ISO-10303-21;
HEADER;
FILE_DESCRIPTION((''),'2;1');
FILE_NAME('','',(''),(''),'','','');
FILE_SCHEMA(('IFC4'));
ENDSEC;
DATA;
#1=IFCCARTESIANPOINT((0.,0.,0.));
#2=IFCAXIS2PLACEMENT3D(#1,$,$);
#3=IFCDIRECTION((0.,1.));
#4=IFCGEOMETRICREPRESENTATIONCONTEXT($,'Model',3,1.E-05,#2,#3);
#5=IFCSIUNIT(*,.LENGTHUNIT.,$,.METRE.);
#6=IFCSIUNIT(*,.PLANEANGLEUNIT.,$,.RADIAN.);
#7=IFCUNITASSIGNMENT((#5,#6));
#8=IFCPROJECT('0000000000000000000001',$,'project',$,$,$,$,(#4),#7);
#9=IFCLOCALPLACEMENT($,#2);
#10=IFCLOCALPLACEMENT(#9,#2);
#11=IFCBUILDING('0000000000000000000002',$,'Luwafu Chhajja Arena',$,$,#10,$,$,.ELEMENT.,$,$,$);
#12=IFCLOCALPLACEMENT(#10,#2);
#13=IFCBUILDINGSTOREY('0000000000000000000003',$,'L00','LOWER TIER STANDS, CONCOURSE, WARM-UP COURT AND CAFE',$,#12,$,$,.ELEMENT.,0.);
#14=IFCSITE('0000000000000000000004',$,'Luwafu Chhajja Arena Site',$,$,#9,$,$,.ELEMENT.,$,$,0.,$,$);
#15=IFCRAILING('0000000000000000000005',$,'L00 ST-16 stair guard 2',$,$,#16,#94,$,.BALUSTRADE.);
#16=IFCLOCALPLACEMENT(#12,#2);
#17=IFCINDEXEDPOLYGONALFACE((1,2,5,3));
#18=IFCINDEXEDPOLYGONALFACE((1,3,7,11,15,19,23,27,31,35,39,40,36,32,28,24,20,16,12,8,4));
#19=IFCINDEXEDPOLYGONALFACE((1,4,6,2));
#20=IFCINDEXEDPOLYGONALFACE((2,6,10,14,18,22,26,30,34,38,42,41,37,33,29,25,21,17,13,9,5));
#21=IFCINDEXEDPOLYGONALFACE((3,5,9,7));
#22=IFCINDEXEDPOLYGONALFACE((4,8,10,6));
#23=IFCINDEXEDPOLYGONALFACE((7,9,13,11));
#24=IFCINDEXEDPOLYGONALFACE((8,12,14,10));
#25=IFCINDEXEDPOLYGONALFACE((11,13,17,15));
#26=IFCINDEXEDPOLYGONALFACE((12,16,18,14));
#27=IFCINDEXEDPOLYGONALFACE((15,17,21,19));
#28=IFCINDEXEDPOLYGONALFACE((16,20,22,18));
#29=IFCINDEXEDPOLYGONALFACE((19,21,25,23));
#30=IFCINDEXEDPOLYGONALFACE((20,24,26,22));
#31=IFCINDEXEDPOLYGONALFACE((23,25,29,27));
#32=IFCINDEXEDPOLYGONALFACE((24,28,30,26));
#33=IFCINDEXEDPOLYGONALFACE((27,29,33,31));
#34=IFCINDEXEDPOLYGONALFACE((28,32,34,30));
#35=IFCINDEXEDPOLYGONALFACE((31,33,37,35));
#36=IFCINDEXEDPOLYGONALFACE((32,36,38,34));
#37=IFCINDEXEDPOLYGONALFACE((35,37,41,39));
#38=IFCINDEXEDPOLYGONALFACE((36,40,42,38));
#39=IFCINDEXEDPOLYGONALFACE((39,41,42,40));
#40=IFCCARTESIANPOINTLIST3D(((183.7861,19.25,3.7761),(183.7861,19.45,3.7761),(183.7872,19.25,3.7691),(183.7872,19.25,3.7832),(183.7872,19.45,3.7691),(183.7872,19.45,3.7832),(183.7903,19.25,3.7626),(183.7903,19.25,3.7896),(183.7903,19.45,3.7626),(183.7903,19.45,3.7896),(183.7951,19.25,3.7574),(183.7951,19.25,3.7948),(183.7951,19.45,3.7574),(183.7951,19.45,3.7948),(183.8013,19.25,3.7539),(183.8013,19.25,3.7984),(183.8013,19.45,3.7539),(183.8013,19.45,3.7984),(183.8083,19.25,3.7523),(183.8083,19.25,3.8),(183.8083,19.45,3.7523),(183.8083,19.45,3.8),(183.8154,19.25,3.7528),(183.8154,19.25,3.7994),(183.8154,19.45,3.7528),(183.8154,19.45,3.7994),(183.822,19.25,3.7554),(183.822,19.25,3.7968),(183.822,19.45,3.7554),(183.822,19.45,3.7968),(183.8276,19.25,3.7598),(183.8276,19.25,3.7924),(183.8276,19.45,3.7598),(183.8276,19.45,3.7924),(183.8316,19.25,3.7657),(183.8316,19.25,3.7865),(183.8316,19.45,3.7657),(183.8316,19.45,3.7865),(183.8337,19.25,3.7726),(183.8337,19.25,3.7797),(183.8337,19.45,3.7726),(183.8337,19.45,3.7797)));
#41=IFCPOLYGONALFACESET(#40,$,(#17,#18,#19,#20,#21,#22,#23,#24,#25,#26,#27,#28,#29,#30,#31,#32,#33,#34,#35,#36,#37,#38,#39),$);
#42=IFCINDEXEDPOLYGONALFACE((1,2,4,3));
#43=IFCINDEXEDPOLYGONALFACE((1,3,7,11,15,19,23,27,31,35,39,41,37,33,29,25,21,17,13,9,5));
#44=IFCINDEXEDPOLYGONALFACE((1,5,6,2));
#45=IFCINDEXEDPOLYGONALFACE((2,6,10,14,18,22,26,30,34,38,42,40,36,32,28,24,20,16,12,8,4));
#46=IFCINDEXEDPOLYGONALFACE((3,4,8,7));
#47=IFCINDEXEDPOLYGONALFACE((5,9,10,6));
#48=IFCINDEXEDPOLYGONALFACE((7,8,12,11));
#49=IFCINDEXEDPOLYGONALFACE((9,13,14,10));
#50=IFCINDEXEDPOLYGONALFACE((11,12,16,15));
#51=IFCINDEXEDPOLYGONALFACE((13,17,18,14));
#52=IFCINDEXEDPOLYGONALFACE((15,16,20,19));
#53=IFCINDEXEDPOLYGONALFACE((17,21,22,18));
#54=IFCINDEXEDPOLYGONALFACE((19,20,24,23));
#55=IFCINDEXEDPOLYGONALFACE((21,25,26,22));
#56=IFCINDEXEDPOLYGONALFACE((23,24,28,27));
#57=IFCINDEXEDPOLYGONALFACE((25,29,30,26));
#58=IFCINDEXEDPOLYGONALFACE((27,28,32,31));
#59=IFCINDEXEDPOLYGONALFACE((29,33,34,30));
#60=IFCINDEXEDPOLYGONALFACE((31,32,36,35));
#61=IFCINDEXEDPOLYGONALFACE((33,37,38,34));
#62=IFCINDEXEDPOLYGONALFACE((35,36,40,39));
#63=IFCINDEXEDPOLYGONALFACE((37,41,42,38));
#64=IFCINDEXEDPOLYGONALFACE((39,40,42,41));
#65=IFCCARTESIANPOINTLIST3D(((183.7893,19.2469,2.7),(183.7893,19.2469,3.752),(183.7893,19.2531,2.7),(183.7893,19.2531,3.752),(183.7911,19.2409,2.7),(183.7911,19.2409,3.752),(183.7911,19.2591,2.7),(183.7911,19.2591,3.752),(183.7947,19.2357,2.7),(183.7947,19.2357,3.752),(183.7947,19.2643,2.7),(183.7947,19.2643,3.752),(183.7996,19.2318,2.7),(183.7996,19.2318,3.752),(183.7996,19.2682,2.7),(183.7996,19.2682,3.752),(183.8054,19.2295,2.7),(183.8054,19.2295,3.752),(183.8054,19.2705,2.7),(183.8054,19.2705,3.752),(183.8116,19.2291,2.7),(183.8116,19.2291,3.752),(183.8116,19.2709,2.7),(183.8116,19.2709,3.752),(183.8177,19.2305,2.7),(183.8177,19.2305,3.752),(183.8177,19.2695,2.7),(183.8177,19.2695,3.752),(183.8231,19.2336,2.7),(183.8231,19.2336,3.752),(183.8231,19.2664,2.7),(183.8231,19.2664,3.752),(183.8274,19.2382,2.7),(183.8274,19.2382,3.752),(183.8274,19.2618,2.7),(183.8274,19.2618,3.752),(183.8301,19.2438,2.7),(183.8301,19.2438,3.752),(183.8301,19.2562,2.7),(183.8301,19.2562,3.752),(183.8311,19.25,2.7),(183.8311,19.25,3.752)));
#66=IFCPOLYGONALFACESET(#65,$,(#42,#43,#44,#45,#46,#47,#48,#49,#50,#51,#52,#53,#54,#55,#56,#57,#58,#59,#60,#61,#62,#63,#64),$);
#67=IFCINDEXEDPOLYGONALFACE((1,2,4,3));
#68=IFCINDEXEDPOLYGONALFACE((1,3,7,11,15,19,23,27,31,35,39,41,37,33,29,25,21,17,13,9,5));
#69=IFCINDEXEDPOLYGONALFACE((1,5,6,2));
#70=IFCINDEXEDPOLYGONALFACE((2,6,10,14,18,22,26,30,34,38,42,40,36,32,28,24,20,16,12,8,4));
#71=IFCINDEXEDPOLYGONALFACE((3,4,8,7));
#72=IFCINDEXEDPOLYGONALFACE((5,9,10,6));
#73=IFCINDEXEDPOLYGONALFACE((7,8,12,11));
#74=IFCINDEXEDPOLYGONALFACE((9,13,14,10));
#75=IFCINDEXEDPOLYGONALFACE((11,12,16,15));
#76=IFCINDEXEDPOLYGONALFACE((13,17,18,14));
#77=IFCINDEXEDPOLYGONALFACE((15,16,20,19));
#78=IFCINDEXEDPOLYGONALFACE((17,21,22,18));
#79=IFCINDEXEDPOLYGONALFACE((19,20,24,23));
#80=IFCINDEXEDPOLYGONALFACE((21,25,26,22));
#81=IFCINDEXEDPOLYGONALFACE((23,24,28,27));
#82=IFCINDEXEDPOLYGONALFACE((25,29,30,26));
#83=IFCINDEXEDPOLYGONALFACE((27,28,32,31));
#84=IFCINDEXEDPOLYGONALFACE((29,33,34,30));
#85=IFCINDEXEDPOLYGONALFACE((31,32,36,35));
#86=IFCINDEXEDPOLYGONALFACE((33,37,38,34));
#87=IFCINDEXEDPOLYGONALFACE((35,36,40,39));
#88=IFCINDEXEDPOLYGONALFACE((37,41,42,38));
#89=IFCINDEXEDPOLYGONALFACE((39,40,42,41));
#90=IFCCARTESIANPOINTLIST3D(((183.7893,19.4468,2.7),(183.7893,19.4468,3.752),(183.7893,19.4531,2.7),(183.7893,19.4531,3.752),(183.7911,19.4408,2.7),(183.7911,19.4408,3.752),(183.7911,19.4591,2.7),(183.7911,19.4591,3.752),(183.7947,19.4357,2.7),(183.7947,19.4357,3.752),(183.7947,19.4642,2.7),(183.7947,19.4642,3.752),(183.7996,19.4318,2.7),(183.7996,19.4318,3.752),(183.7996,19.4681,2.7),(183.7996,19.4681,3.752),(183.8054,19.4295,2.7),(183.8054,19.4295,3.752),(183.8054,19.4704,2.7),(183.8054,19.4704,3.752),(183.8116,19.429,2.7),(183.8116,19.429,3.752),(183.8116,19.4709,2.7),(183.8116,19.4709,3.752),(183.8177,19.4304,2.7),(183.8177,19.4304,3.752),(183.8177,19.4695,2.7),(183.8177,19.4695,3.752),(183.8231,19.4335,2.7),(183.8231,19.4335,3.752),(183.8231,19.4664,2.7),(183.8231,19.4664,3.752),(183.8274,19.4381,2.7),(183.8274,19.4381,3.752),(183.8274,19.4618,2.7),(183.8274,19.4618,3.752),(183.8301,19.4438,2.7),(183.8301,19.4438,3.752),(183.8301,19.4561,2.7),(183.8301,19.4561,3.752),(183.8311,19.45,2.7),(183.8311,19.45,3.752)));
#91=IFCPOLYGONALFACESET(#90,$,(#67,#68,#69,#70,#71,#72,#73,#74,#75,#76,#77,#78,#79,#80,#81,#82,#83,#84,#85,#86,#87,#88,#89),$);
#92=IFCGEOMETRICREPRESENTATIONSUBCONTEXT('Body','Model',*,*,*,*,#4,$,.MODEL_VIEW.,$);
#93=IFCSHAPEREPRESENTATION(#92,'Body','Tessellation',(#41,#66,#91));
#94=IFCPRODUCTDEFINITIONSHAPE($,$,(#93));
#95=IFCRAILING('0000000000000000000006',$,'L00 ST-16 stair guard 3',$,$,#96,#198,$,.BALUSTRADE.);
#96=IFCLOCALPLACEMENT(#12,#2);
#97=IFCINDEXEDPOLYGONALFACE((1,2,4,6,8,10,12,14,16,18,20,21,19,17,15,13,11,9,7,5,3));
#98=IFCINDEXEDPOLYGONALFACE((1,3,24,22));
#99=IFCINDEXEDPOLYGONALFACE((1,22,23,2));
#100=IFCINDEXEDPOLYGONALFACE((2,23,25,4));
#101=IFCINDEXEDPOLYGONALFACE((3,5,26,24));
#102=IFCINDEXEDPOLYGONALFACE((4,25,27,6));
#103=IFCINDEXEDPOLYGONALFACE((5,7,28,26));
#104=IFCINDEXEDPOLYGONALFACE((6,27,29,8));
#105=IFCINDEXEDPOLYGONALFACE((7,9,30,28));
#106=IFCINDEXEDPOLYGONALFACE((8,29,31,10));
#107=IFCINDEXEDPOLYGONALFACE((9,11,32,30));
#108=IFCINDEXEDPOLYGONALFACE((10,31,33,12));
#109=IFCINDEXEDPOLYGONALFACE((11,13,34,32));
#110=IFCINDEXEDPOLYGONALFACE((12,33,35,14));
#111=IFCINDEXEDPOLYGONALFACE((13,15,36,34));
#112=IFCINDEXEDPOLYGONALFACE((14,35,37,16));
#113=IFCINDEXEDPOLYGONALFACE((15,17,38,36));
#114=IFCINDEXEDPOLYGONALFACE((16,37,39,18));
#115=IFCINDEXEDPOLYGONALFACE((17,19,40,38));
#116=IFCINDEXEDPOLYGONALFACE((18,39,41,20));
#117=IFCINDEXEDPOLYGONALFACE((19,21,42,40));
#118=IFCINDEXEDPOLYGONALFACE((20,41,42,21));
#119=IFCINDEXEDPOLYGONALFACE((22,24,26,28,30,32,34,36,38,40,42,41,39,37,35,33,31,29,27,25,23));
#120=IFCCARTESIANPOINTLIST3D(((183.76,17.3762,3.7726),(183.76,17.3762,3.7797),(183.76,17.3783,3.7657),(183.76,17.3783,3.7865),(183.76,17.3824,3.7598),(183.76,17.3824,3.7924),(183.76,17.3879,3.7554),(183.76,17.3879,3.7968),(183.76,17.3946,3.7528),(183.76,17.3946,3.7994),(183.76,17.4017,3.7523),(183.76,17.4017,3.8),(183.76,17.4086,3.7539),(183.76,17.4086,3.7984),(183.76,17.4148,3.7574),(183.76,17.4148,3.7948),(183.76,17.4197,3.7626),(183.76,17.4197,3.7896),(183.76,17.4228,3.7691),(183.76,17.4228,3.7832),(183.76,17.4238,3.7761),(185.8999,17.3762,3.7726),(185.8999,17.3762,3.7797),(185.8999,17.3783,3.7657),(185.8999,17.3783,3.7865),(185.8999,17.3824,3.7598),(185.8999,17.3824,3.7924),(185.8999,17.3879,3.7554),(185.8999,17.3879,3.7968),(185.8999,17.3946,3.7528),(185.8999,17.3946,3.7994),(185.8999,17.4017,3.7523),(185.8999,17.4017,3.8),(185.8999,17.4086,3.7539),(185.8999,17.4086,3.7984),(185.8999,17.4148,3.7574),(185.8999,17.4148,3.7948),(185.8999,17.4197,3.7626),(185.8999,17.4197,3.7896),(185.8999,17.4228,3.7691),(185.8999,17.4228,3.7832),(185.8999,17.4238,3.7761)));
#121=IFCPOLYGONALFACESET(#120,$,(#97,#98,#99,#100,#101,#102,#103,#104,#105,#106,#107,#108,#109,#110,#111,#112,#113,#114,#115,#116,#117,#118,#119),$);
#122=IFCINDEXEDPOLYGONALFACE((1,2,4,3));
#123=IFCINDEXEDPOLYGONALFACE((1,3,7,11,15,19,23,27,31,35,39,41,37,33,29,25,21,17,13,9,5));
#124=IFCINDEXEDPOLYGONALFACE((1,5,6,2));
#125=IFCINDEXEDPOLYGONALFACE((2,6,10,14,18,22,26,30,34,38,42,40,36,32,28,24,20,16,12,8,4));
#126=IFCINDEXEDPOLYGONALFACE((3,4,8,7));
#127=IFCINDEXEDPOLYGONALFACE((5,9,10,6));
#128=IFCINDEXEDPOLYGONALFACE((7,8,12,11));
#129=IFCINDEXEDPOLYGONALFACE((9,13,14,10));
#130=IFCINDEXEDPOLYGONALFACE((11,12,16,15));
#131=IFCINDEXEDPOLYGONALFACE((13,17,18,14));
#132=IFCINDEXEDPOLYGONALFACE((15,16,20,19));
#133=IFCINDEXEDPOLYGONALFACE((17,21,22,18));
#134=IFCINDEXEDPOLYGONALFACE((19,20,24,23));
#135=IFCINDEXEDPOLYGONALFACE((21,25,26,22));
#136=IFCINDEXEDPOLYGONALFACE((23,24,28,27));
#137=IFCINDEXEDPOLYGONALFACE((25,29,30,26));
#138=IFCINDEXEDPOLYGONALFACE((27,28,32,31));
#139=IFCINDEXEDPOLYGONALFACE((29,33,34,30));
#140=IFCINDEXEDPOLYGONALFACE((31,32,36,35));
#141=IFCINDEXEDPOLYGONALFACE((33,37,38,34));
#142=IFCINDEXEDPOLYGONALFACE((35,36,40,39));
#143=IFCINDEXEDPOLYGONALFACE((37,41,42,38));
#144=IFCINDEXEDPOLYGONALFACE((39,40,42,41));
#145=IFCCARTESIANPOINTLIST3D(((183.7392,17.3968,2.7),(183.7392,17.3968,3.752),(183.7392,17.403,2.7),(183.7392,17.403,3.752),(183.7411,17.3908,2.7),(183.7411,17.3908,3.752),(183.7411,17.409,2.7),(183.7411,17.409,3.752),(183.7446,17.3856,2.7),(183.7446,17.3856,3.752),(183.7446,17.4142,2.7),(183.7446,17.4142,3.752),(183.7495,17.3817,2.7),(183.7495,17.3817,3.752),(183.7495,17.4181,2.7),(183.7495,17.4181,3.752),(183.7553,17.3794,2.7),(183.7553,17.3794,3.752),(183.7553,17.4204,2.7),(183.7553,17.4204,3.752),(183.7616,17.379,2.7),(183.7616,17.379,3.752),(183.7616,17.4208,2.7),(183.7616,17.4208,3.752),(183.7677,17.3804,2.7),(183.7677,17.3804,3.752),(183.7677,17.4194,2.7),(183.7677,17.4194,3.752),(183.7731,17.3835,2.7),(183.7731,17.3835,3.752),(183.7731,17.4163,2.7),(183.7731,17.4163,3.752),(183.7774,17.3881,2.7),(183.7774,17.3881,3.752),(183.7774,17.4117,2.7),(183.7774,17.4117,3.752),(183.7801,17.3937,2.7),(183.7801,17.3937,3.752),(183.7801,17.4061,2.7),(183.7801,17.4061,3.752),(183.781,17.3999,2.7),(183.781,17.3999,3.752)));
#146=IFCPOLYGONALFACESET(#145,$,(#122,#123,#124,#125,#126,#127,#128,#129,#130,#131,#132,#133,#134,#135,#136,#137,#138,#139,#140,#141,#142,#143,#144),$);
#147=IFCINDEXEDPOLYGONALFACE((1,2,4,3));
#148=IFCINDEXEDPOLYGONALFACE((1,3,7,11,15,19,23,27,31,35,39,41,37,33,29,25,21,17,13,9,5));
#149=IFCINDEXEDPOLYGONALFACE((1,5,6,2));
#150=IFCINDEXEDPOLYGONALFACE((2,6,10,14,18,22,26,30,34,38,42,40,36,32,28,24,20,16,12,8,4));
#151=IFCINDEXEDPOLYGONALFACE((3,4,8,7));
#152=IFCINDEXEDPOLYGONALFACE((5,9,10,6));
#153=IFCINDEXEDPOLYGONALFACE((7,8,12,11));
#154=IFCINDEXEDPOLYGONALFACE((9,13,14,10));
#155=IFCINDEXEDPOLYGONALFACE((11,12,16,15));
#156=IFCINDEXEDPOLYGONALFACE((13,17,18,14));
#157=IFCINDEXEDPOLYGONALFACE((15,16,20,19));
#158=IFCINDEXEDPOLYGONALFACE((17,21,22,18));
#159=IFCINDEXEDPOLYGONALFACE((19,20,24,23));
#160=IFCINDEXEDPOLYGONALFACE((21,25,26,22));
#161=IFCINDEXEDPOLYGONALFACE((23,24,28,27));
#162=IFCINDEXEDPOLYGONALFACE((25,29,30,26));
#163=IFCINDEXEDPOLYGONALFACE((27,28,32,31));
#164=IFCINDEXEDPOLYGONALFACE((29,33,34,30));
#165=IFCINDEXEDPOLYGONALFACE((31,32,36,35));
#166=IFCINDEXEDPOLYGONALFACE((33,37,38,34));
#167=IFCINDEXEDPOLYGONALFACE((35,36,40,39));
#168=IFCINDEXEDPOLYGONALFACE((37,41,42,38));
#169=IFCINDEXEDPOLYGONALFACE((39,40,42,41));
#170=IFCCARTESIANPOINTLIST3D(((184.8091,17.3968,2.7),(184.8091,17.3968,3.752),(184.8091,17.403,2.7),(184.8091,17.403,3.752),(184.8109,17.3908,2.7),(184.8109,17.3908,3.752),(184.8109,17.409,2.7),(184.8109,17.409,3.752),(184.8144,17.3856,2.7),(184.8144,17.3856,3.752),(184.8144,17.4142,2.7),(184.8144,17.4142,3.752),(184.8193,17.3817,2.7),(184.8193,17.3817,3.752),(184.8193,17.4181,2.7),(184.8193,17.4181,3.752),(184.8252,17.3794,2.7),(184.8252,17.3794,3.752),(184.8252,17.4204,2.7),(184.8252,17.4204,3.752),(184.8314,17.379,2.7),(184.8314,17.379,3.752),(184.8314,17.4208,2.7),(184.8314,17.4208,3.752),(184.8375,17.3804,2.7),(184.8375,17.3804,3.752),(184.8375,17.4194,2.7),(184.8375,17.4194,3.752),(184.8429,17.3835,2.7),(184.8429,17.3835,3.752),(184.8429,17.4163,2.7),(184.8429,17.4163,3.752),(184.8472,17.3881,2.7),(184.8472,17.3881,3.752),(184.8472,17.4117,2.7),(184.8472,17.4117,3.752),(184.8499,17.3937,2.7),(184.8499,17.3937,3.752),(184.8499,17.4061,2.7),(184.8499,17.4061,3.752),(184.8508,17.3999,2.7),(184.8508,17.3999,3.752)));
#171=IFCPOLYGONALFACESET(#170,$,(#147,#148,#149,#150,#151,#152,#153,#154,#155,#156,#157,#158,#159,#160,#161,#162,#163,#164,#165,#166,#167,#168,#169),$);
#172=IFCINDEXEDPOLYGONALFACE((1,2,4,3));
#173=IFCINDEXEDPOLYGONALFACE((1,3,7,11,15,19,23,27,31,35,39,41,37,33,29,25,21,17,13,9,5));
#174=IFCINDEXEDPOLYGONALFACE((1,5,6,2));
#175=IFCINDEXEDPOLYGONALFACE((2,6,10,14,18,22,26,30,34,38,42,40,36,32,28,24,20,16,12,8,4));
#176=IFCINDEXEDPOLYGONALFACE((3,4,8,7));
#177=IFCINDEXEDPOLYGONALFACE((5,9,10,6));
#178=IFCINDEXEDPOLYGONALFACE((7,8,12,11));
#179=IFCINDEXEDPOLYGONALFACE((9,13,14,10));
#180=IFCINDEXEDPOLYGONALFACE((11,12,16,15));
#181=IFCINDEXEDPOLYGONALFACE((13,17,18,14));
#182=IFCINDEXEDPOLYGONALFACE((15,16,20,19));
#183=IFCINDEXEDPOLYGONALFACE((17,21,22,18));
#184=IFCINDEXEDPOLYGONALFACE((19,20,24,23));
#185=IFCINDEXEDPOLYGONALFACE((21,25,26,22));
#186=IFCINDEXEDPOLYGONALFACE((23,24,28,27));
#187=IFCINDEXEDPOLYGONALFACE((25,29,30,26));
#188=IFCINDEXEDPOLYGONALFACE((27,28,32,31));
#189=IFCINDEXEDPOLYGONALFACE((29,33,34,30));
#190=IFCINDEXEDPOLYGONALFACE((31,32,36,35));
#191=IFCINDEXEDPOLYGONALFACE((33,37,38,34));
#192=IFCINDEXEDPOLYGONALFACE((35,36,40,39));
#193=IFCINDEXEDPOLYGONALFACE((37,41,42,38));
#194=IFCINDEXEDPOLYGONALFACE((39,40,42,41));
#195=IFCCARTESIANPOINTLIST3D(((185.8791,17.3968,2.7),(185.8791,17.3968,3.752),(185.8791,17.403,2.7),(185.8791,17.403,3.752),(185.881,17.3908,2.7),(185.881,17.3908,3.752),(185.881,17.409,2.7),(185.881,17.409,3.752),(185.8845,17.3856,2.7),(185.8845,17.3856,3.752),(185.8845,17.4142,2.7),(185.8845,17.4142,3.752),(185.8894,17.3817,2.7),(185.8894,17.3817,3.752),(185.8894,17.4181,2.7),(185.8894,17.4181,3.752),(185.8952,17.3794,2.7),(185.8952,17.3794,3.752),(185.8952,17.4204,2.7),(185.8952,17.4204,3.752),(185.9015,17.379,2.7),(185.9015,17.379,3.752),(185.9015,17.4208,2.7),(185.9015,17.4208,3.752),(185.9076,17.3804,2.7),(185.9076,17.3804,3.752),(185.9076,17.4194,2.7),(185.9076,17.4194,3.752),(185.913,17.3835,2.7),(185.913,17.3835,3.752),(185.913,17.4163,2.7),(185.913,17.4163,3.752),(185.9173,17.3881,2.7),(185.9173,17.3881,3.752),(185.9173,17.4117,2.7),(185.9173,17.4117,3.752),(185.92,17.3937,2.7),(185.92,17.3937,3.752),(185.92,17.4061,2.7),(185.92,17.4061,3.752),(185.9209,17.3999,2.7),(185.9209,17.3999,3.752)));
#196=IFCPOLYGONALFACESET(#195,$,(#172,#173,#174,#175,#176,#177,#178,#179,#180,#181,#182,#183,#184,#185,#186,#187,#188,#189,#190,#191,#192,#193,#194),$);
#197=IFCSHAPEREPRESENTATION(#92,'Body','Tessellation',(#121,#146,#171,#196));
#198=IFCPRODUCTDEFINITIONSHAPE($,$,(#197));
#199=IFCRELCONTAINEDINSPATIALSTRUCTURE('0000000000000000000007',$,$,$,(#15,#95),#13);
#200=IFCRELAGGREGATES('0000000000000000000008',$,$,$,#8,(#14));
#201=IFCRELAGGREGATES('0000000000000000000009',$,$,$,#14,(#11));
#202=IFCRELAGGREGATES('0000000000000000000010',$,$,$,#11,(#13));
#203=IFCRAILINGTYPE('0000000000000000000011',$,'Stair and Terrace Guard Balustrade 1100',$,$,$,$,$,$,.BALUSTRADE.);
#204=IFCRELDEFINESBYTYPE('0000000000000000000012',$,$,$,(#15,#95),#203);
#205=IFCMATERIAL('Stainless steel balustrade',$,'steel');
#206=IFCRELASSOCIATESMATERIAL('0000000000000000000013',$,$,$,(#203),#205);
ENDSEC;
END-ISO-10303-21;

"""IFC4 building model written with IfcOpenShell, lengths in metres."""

from ifc_helpers import new_model, si_unit, direction, frame, origin, origin_2d, place, context, subcontext, project, spatial, circle, extrude, material, type_object, element, save


model = new_model("IFC4")

# Units and contexts
model_context = context("Model", 3, precision=1e-05, world=origin(), true_north=direction((0.0, 1.0)))
body_context = subcontext(model_context, "Body", "Model", "MODEL_VIEW")
ifc_project = project(units=[si_unit("LENGTHUNIT", "METRE"), si_unit("PLANEANGLEUNIT", "RADIAN")], contexts=[model_context])

# Site, building, storey
site_placement = place(None, origin())
site = spatial("IfcSite", under=ifc_project, at=site_placement, Name="Luwafu Chhajja Arena Site", CompositionType="ELEMENT", RefElevation=0.0)
building_placement = place(site_placement, origin())
building = spatial("IfcBuilding", under=site, at=building_placement, Name="Luwafu Chhajja Arena", CompositionType="ELEMENT")
storey_placement = place(building_placement, origin())
storey = spatial("IfcBuildingStorey", under=building, at=storey_placement, Name="L00", Description="LOWER TIER STANDS, CONCOURSE, WARM-UP COURT AND CAFE", CompositionType="ELEMENT", Elevation=0.0)

# Railings
ifc_material_1 = material(Name="Stainless steel balustrade", Category="steel")
railing_type_1 = type_object("IfcRailingType", Name="Stair and Terrace Guard Balustrade 1100", PredefinedType="BALUSTRADE", material=ifc_material_1)
railing_1_placement = place(storey_placement, frame((183.8101, 19.25, 2.7)))
element("IfcRailing", 1, at=railing_1_placement, inside=storey, type_object=railing_type_1, Name="L00 ST-16 stair guard 2", PredefinedType="BALUSTRADE", context=body_context, shape_type="SweptSolid", body=[
    extrude(circle(Radius=0.0239, at=origin_2d()), frame((0.0, 0.0, 1.0762), z_axis=(0.0, 1.0, 0.0), x_axis=(-1.0, 0.0, 0.0)), (0.0, 0.0, 1.0), 0.2),
    extrude(circle(Radius=0.021, at=origin_2d()), origin(), (0.0, 0.0, 1.0), 1.052),
    extrude(circle(Radius=0.021, at=origin_2d()), frame((0.0, 0.2, 0.0)), (0.0, 0.0, 1.0), 1.052),
])
for number, where, name in (
    (2, (183.76, 17.3999, 2.7), "L00 ST-16 stair guard 3"),
):
    element("IfcRailing", number, at=place(storey_placement, frame(where)), inside=storey, type_object=railing_type_1, Name=name, PredefinedType="BALUSTRADE", context=body_context, shape_type="SweptSolid", body=[
        extrude(circle(Radius=0.0239, at=origin_2d()), frame((0.0, 0.0, 1.0762), z_axis=(1.0, 0.0, 0.0), x_axis=(0.0, 1.0, 0.0)), (0.0, 0.0, 1.0), 2.1399),
        extrude(circle(Radius=0.021, at=origin_2d()), origin(), (0.0, 0.0, 1.0), 1.052),
        extrude(circle(Radius=0.021, at=origin_2d()), frame((1.0698, 0.0, 0.0)), (0.0, 0.0, 1.0), 1.052),
        extrude(circle(Radius=0.021, at=origin_2d()), frame((2.1399, 0.0, 0.0)), (0.0, 0.0, 1.0), 1.052),
    ])

save(model, "model.ifc")
